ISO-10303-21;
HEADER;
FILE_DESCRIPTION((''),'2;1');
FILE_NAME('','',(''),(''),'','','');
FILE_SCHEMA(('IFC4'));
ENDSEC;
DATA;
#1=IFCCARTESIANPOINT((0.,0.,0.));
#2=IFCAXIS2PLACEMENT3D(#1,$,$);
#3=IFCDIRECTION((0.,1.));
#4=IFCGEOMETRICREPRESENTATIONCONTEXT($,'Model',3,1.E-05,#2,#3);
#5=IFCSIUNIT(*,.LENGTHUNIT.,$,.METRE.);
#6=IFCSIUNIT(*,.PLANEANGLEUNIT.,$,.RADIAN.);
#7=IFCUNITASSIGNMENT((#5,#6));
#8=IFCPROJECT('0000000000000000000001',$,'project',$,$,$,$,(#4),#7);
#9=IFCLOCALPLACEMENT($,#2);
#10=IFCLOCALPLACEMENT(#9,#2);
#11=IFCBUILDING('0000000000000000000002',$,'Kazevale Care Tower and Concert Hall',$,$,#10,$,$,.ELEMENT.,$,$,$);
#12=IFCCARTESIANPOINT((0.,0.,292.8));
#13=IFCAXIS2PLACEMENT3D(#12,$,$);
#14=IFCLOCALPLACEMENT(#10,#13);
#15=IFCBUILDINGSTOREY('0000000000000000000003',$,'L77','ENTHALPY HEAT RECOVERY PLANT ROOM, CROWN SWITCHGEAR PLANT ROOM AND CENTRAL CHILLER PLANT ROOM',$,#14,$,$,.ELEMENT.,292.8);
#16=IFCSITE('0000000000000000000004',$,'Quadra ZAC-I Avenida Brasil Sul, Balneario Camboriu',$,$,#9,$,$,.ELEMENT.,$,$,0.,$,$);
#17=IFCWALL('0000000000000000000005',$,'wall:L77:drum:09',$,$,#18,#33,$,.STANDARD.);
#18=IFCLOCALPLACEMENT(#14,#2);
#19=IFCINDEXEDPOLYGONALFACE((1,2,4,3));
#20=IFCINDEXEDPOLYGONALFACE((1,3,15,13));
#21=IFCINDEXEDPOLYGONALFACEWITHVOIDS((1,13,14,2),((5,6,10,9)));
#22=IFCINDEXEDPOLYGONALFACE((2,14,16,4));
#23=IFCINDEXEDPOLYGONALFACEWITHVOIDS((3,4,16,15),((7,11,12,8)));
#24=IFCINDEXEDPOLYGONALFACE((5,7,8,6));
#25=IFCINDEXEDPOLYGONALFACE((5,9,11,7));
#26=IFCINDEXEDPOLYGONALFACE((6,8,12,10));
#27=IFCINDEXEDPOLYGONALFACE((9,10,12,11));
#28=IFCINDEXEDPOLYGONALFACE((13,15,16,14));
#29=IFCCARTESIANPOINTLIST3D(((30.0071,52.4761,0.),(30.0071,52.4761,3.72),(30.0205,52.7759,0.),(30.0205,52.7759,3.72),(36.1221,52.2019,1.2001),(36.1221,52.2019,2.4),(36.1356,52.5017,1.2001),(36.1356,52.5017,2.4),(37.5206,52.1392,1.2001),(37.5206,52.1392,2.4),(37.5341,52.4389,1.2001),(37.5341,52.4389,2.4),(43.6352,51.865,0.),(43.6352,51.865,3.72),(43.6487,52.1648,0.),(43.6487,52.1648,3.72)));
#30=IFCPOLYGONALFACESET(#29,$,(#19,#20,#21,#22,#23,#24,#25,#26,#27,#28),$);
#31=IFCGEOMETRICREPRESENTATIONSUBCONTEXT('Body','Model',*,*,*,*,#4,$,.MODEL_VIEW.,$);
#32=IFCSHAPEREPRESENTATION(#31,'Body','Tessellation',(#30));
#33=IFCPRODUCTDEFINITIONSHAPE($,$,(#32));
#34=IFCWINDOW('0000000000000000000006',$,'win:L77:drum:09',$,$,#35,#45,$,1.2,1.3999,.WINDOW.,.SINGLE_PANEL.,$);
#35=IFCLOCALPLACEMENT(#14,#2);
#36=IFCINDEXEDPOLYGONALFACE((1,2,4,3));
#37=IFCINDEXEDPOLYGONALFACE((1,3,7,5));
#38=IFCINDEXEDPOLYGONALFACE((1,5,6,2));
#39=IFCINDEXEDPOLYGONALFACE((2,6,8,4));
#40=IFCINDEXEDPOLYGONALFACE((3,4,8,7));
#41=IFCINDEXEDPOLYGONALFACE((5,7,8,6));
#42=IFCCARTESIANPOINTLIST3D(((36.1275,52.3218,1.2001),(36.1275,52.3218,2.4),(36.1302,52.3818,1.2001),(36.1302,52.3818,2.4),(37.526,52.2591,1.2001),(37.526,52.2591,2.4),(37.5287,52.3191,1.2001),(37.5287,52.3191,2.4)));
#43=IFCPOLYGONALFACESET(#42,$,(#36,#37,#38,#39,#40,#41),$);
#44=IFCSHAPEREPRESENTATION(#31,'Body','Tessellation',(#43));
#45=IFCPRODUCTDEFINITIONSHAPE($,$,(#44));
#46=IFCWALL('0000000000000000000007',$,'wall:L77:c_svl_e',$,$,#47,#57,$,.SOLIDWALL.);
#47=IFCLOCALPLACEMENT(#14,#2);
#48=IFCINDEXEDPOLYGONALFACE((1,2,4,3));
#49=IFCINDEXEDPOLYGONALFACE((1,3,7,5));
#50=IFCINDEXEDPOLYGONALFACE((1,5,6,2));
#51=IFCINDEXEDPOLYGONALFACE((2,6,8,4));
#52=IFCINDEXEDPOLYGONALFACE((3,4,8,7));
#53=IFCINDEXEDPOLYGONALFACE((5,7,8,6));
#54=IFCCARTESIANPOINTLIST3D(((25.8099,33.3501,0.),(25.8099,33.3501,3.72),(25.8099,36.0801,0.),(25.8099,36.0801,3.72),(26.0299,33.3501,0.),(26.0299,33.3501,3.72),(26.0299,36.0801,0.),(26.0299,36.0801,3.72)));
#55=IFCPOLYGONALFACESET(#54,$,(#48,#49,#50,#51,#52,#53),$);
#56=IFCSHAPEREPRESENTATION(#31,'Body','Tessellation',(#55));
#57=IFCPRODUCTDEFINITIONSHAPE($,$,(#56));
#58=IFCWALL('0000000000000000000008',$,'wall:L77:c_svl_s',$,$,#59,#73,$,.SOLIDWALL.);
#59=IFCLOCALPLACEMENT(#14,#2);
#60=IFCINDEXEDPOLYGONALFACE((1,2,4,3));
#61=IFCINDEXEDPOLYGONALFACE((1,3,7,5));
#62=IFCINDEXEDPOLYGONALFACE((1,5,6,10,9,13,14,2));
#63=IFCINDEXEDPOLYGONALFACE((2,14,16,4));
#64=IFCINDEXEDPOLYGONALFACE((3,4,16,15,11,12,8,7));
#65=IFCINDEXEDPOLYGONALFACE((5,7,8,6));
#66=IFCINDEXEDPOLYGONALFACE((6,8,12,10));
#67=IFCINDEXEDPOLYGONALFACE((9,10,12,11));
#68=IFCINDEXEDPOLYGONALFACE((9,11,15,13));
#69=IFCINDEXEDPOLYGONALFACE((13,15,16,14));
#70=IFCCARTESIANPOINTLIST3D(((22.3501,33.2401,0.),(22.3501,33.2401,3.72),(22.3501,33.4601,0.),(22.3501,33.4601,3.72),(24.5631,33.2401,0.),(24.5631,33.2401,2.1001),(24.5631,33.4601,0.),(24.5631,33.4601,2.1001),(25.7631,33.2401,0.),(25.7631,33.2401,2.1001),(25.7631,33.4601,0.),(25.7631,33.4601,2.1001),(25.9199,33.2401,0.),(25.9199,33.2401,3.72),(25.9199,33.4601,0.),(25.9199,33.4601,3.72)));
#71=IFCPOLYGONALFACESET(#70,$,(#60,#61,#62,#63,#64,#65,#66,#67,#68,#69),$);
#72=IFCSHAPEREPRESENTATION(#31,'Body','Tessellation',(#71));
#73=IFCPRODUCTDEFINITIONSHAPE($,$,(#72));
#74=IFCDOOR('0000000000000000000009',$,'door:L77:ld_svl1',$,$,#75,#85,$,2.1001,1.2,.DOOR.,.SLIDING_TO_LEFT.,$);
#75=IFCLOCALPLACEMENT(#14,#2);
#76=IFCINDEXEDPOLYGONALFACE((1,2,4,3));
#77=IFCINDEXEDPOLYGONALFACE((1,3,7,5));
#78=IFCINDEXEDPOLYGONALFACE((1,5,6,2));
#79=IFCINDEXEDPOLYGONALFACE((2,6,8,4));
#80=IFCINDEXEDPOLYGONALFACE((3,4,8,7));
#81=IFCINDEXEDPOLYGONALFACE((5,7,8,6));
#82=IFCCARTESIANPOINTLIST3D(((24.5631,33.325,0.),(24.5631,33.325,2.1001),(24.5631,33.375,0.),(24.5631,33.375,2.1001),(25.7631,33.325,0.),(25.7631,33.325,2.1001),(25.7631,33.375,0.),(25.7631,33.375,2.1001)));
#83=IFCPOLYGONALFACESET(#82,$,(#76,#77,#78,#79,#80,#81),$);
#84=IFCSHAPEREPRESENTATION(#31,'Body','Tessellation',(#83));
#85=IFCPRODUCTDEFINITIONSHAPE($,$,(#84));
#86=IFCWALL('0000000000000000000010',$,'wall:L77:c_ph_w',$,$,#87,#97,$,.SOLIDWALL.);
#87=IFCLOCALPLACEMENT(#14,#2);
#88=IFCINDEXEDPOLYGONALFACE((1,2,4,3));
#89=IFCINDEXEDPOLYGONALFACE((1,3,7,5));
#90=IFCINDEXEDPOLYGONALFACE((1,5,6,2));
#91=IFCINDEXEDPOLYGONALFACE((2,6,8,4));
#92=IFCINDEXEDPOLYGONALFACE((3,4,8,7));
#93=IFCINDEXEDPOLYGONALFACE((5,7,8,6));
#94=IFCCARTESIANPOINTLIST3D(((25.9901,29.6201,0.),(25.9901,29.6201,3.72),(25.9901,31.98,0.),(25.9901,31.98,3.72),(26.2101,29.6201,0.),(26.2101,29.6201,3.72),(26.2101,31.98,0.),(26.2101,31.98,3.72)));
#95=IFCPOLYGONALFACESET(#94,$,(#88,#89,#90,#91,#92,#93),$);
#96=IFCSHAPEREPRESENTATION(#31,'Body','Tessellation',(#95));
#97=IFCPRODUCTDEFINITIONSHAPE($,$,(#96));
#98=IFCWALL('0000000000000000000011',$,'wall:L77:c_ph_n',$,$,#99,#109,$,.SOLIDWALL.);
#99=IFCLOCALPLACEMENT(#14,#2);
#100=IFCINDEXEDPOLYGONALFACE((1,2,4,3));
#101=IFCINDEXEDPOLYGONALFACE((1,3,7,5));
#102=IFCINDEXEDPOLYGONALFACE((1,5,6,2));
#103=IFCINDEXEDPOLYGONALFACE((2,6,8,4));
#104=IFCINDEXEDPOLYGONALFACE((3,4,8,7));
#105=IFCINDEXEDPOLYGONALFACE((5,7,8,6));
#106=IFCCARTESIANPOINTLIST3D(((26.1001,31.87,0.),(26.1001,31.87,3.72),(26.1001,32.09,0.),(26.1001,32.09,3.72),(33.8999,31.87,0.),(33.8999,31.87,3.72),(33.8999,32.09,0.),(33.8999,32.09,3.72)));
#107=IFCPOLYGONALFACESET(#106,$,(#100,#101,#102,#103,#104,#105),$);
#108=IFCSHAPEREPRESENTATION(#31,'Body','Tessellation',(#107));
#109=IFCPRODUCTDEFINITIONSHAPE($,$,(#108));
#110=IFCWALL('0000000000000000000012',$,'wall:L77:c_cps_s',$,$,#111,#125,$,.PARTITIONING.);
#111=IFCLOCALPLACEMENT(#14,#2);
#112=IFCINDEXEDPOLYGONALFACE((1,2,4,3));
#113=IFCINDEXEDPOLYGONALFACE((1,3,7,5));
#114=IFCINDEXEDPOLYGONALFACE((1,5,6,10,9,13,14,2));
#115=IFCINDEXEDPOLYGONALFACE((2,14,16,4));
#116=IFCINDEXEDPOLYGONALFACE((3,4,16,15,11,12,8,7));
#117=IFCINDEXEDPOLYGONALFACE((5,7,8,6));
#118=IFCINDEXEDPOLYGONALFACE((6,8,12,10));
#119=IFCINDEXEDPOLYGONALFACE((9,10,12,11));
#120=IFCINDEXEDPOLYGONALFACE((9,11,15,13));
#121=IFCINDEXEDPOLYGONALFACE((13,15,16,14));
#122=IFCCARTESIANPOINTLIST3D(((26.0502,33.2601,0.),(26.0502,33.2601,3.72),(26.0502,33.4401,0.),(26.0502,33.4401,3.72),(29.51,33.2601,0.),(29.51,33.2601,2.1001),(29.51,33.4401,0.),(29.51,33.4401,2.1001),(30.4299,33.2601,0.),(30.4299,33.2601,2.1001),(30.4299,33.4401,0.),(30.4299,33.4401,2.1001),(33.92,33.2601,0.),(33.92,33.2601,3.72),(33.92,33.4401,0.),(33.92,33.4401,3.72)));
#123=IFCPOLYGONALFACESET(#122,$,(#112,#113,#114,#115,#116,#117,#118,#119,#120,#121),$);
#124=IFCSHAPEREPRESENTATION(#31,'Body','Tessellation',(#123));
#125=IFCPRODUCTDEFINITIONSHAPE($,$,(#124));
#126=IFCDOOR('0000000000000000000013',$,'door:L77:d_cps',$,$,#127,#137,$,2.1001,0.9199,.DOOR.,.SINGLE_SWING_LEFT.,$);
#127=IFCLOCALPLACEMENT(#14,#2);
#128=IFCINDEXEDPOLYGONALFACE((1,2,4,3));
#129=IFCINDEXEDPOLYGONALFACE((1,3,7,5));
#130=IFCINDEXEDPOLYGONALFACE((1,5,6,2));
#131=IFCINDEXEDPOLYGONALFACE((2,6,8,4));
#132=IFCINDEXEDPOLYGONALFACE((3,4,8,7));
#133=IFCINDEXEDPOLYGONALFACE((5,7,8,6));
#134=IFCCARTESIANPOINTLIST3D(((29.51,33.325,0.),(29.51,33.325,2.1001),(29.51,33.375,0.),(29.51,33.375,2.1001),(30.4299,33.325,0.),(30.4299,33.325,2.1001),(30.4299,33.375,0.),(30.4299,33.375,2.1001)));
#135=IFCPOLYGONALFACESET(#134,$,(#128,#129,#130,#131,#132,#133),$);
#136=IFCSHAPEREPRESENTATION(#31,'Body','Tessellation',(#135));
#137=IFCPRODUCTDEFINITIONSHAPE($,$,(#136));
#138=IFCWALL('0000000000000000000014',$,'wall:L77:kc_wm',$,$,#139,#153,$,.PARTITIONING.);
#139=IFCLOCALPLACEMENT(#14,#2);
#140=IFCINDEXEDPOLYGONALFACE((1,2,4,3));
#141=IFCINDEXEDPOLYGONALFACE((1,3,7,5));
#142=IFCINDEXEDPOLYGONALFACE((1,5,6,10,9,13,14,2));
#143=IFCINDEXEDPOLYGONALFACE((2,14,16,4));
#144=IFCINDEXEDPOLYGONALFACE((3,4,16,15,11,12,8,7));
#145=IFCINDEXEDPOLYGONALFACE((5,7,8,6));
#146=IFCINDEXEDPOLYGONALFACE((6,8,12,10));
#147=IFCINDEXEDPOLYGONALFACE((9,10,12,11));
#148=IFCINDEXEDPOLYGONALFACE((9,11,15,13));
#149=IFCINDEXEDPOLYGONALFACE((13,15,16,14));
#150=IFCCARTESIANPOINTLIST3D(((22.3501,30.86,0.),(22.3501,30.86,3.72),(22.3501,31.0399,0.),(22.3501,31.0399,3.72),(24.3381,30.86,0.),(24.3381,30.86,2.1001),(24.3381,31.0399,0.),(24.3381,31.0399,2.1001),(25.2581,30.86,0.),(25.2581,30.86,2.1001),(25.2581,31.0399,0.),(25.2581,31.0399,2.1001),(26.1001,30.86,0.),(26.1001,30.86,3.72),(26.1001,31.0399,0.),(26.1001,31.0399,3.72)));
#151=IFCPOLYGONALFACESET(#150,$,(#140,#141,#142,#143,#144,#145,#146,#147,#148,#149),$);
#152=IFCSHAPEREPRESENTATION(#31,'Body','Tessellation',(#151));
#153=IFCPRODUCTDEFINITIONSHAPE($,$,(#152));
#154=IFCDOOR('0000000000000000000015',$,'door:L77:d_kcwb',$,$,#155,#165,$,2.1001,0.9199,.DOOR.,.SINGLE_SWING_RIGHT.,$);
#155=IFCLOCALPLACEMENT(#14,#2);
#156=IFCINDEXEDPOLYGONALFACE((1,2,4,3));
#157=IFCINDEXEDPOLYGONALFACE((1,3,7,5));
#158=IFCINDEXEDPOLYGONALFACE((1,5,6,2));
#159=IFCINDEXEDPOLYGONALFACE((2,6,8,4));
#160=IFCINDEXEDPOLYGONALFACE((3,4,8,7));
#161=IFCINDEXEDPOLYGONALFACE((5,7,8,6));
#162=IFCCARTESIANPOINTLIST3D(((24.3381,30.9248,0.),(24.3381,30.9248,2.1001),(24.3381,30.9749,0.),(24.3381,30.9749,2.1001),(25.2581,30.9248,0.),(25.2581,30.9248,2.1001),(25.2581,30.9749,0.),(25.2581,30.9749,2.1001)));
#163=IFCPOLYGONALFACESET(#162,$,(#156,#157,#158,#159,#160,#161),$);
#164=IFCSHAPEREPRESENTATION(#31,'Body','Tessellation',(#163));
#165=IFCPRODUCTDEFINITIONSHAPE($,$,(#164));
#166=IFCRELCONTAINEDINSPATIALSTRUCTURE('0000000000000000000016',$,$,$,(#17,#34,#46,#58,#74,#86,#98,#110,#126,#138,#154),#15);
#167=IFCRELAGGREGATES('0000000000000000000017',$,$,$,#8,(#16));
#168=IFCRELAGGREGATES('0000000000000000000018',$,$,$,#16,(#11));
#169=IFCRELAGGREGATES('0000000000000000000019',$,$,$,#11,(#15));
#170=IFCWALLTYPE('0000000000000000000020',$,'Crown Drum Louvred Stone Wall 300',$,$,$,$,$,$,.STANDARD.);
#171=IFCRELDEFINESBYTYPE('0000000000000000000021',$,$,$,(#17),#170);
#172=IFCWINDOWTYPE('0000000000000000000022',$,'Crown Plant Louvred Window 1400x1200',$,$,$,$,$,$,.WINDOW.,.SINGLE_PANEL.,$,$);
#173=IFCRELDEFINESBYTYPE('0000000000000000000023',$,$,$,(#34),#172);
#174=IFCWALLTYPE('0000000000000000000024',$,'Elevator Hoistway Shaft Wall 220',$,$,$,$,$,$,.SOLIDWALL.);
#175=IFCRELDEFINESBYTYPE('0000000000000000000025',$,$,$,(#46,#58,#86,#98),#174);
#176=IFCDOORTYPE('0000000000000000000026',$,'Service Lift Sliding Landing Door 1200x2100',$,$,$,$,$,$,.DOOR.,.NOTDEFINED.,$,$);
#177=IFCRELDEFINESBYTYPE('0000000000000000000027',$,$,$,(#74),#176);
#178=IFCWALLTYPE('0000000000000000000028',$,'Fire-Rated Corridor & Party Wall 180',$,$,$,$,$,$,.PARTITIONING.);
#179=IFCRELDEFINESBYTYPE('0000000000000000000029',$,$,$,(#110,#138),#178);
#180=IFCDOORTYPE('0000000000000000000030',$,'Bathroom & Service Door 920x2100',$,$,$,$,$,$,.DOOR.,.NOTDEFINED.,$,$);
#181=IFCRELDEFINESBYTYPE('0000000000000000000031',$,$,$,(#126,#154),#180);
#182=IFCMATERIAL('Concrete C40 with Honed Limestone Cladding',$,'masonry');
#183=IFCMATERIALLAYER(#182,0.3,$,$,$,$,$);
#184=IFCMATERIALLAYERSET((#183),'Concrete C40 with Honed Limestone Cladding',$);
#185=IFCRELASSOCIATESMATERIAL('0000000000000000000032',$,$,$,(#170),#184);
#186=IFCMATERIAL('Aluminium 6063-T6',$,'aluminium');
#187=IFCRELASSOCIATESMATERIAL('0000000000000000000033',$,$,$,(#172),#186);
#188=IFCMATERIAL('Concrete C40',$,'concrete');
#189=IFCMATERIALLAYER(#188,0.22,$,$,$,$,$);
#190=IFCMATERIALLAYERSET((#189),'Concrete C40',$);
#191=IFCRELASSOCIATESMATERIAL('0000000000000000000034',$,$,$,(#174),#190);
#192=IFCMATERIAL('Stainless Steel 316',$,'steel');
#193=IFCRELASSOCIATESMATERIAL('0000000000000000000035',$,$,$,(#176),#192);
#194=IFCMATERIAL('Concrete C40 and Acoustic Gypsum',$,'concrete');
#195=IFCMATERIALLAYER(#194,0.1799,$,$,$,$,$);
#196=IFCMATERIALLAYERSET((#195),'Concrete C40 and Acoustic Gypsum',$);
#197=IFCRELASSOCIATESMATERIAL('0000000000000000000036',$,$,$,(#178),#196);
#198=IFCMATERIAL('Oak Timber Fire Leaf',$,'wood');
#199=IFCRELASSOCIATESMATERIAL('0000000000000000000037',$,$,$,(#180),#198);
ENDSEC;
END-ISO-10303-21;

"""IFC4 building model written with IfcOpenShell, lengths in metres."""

from ifc_helpers import new_model, si_unit, direction, frame, frame_2d, origin, place, context, subcontext, project, spatial, rectangle, extrude, material, layer, layer_set, type_object, element, fill, save


model = new_model("IFC4")

# Units and contexts
model_context = context("Model", 3, precision=1e-05, world=origin(), true_north=direction((0.0, 1.0)))
body_context = subcontext(model_context, "Body", "Model", "MODEL_VIEW")
ifc_project = project(units=[si_unit("LENGTHUNIT", "METRE"), si_unit("PLANEANGLEUNIT", "RADIAN")], contexts=[model_context])

# Site, building, storey
site_placement = place(None, origin())
site = spatial("IfcSite", under=ifc_project, at=site_placement, Name="Quadra ZAC-I Avenida Brasil Sul, Balneario Camboriu", CompositionType="ELEMENT", RefElevation=0.0)
building_placement = place(site_placement, origin())
building = spatial("IfcBuilding", under=site, at=building_placement, Name="Kazevale Care Tower and Concert Hall", CompositionType="ELEMENT")
storey_placement = place(building_placement, frame((0.0, 0.0, 292.8)))
storey = spatial("IfcBuildingStorey", under=building, at=storey_placement, Name="L77", Description="ENTHALPY HEAT RECOVERY PLANT ROOM, CROWN SWITCHGEAR PLANT ROOM AND CENTRAL CHILLER PLANT ROOM", CompositionType="ELEMENT", Elevation=292.8)

# Shared definitions
ifc_material_1 = material(Name="Concrete C40 with Honed Limestone Cladding", Category="masonry")
ifc_layer_1 = layer(ifc_material_1, 0.3)
ifc_layer_set_1 = layer_set([ifc_layer_1], Name="Concrete C40 with Honed Limestone Cladding")
wall_type_1 = type_object("IfcWallType", Name="Crown Drum Louvred Stone Wall 300", PredefinedType="STANDARD", material=ifc_layer_set_1)

# Shared definitions
ifc_material_2 = material(Name="Aluminium 6063-T6", Category="aluminium")
window_type = type_object("IfcWindowType", Name="Crown Plant Louvred Window 1400x1200", PartitioningType="SINGLE_PANEL", PredefinedType="WINDOW", material=ifc_material_2)

# Wall, opening, window
wall_1_placement = place(storey_placement, frame((30.0139, 52.626, 0.0), z_axis=(0.0, 0.0, 1.0), x_axis=(0.998996, -0.044795, 0.0)))
wall_1 = element("IfcWall", 1, at=wall_1_placement, inside=storey, type_object=wall_type_1, Name="wall:L77:drum:09", PredefinedType="STANDARD", context=body_context, shape_type="SweptSolid", body=[
    extrude(rectangle(XDim=13.6418, YDim=0.3, at=frame_2d((6.8208, 0.0))), origin(), (0.0, 0.0, 1.0), 3.72),
])
opening_1_placement = place(wall_1_placement, frame((6.1211, 0.0, 1.2)))
opening_1 = element("IfcOpeningElement", 2, at=opening_1_placement, cuts=wall_1, PredefinedType="OPENING", context=body_context, shape_type="SweptSolid", body=[
    extrude(rectangle(XDim=1.3999, YDim=1.2, at=frame_2d((0.7, 0.6001))), frame((0.0, 0.1599, 0.0), z_axis=(0.0, -1.0, 0.0), x_axis=(1.0, 0.0, 0.0)), (0.0, 0.0, 1.0), 0.3201),
])
window_1_placement = place(opening_1_placement, origin())
window_1 = element("IfcWindow", 3, at=window_1_placement, inside=storey, type_object=window_type, Name="win:L77:drum:09", OverallHeight=1.2, OverallWidth=1.3999, PartitioningType="SINGLE_PANEL", PredefinedType="WINDOW", context=body_context, shape_type="SweptSolid", body=[
    extrude(rectangle(XDim=1.3999, YDim=1.2, at=frame_2d((0.7, 0.6001))), frame((0.0, 0.03, 0.0), z_axis=(0.0, -1.0, 0.0), x_axis=(1.0, 0.0, 0.0)), (0.0, 0.0, 1.0), 0.0601),
])
fill(opening_1, window_1)

# Wall
ifc_material_3 = material(Name="Concrete C40", Category="concrete")
ifc_layer_2 = layer(ifc_material_3, 0.22)
ifc_layer_set_2 = layer_set([ifc_layer_2], Name="Concrete C40")
wall_type_2 = type_object("IfcWallType", Name="Elevator Hoistway Shaft Wall 220", PredefinedType="SOLIDWALL", material=ifc_layer_set_2)
wall_2_placement = place(storey_placement, frame((25.9199, 33.3501, 0.0), z_axis=(0.0, 0.0, 1.0), x_axis=(0.0, 1.0, 0.0)))
element("IfcWall", 4, at=wall_2_placement, inside=storey, type_object=wall_type_2, Name="wall:L77:c_svl_e", PredefinedType="SOLIDWALL", context=body_context, shape_type="SweptSolid", body=[
    extrude(rectangle(XDim=2.73, YDim=0.22, at=frame_2d((1.365, 0.0))), origin(), (0.0, 0.0, 1.0), 3.72),
])

# Wall, opening, door
wall_3_placement = place(storey_placement, frame((22.3501, 33.3501, 0.0), z_axis=(0.0, 0.0, 1.0), x_axis=(1.0, 0.0, 0.0)))
wall_3 = element("IfcWall", 5, at=wall_3_placement, inside=storey, type_object=wall_type_2, Name="wall:L77:c_svl_s", PredefinedType="SOLIDWALL", context=body_context, shape_type="SweptSolid", body=[
    extrude(rectangle(XDim=3.5698, YDim=0.22, at=frame_2d((1.7849, 0.0))), origin(), (0.0, 0.0, 1.0), 3.72),
])
opening_2_placement = place(wall_3_placement, frame((2.2129, 0.0, 0.0)))
opening_2 = element("IfcOpeningElement", 6, at=opening_2_placement, cuts=wall_3, PredefinedType="OPENING", context=body_context, shape_type="SweptSolid", body=[
    extrude(rectangle(XDim=1.2, YDim=2.1001, at=frame_2d((0.6001, 1.05))), frame((0.0, 0.1199, 0.0), z_axis=(0.0, -1.0, 0.0), x_axis=(1.0, 0.0, 0.0)), (0.0, 0.0, 1.0), 0.24),
])
ifc_material_4 = material(Name="Stainless Steel 316", Category="steel")
door_type_1 = type_object("IfcDoorType", Name="Service Lift Sliding Landing Door 1200x2100", OperationType="NOTDEFINED", PredefinedType="DOOR", material=ifc_material_4)
door_1_placement = place(opening_2_placement, origin())
door_1 = element("IfcDoor", 7, at=door_1_placement, inside=storey, type_object=door_type_1, Name="door:L77:ld_svl1", OperationType="SLIDING_TO_LEFT", OverallHeight=2.1001, OverallWidth=1.2, PredefinedType="DOOR", context=body_context, shape_type="SweptSolid", body=[
    extrude(rectangle(XDim=1.2, YDim=2.1001, at=frame_2d((0.6001, 1.05))), frame((0.0, 0.0249, 0.0), z_axis=(0.0, -1.0, 0.0), x_axis=(1.0, 0.0, 0.0)), (0.0, 0.0, 1.0), 0.05),
])
fill(opening_2, door_1)

# Walls
wall_4_placement = place(storey_placement, frame((26.1001, 29.6201, 0.0), z_axis=(0.0, 0.0, 1.0), x_axis=(0.0, 1.0, 0.0)))
element("IfcWall", 8, at=wall_4_placement, inside=storey, type_object=wall_type_2, Name="wall:L77:c_ph_w", PredefinedType="SOLIDWALL", context=body_context, shape_type="SweptSolid", body=[
    extrude(rectangle(XDim=2.3599, YDim=0.22, at=frame_2d((1.1799, 0.0))), origin(), (0.0, 0.0, 1.0), 3.72),
])
wall_5_placement = place(storey_placement, frame((26.1001, 31.98, 0.0), z_axis=(0.0, 0.0, 1.0), x_axis=(1.0, 0.0, 0.0)))
element("IfcWall", 9, at=wall_5_placement, inside=storey, type_object=wall_type_2, Name="wall:L77:c_ph_n", PredefinedType="SOLIDWALL", context=body_context, shape_type="SweptSolid", body=[
    extrude(rectangle(XDim=7.7998, YDim=0.22, at=frame_2d((3.8999, 0.0))), origin(), (0.0, 0.0, 1.0), 3.72),
])

# Walls, openings, doors
ifc_material_5 = material(Name="Concrete C40 and Acoustic Gypsum", Category="concrete")
ifc_layer_3 = layer(ifc_material_5, 0.1799)
ifc_layer_set_3 = layer_set([ifc_layer_3], Name="Concrete C40 and Acoustic Gypsum")
wall_type_3 = type_object("IfcWallType", Name="Fire-Rated Corridor & Party Wall 180", PredefinedType="PARTITIONING", material=ifc_layer_set_3)
wall_6_placement = place(storey_placement, frame((26.05, 33.3501, 0.0), z_axis=(0.0, 0.0, 1.0), x_axis=(1.0, 0.0, 0.0)))
wall_6 = element("IfcWall", 10, at=wall_6_placement, inside=storey, type_object=wall_type_3, Name="wall:L77:c_cps_s", PredefinedType="PARTITIONING", context=body_context, shape_type="SweptSolid", body=[
    extrude(rectangle(XDim=7.8699, YDim=0.1799, at=frame_2d((3.9351, 0.0))), origin(), (0.0, 0.0, 1.0), 3.72),
])
opening_3_placement = place(wall_6_placement, frame((3.46, 0.0, 0.0)))
opening_3 = element("IfcOpeningElement", 11, at=opening_3_placement, cuts=wall_6, PredefinedType="OPENING", context=body_context, shape_type="SweptSolid", body=[
    extrude(rectangle(XDim=0.9199, YDim=2.1001, at=frame_2d((0.46, 1.05))), frame((0.0, 0.0999, 0.0), z_axis=(0.0, -1.0, 0.0), x_axis=(1.0, 0.0, 0.0)), (0.0, 0.0, 1.0), 0.2),
])
ifc_material_6 = material(Name="Oak Timber Fire Leaf", Category="wood")
door_type_2 = type_object("IfcDoorType", Name="Bathroom & Service Door 920x2100", OperationType="NOTDEFINED", PredefinedType="DOOR", material=ifc_material_6)
door_2_placement = place(opening_3_placement, origin())
door_2 = element("IfcDoor", 12, at=door_2_placement, inside=storey, type_object=door_type_2, Name="door:L77:d_cps", OperationType="SINGLE_SWING_LEFT", OverallHeight=2.1001, OverallWidth=0.9199, PredefinedType="DOOR", context=body_context, shape_type="SweptSolid", body=[
    extrude(rectangle(XDim=0.9199, YDim=2.1001, at=frame_2d((0.46, 1.05))), frame((0.0, 0.0249, 0.0), z_axis=(0.0, -1.0, 0.0), x_axis=(1.0, 0.0, 0.0)), (0.0, 0.0, 1.0), 0.05),
])
fill(opening_3, door_2)
wall_7_placement = place(storey_placement, frame((22.3501, 30.95, 0.0), z_axis=(0.0, 0.0, 1.0), x_axis=(1.0, 0.0, 0.0)))
wall_7 = element("IfcWall", 13, at=wall_7_placement, inside=storey, type_object=wall_type_3, Name="wall:L77:kc_wm", PredefinedType="PARTITIONING", context=body_context, shape_type="SweptSolid", body=[
    extrude(rectangle(XDim=3.75, YDim=0.1799, at=frame_2d((1.875, 0.0))), origin(), (0.0, 0.0, 1.0), 3.72),
])
opening_4_placement = place(wall_7_placement, frame((1.988, 0.0, 0.0)))
opening_4 = element("IfcOpeningElement", 14, at=opening_4_placement, cuts=wall_7, PredefinedType="OPENING", context=body_context, shape_type="SweptSolid", body=[
    extrude(rectangle(XDim=0.9199, YDim=2.1001, at=frame_2d((0.46, 1.05))), frame((0.0, 0.0999, 0.0), z_axis=(0.0, -1.0, 0.0), x_axis=(1.0, 0.0, 0.0)), (0.0, 0.0, 1.0), 0.2),
])
door_3_placement = place(opening_4_placement, origin())
door_3 = element("IfcDoor", 15, at=door_3_placement, inside=storey, type_object=door_type_2, Name="door:L77:d_kcwb", OperationType="SINGLE_SWING_RIGHT", OverallHeight=2.1001, OverallWidth=0.9199, PredefinedType="DOOR", context=body_context, shape_type="SweptSolid", body=[
    extrude(rectangle(XDim=0.9199, YDim=2.1001, at=frame_2d((0.46, 1.05))), frame((0.0, 0.0249, 0.0), z_axis=(0.0, -1.0, 0.0), x_axis=(1.0, 0.0, 0.0)), (0.0, 0.0, 1.0), 0.05),
])
fill(opening_4, door_3)

save(model, "model.ifc")
